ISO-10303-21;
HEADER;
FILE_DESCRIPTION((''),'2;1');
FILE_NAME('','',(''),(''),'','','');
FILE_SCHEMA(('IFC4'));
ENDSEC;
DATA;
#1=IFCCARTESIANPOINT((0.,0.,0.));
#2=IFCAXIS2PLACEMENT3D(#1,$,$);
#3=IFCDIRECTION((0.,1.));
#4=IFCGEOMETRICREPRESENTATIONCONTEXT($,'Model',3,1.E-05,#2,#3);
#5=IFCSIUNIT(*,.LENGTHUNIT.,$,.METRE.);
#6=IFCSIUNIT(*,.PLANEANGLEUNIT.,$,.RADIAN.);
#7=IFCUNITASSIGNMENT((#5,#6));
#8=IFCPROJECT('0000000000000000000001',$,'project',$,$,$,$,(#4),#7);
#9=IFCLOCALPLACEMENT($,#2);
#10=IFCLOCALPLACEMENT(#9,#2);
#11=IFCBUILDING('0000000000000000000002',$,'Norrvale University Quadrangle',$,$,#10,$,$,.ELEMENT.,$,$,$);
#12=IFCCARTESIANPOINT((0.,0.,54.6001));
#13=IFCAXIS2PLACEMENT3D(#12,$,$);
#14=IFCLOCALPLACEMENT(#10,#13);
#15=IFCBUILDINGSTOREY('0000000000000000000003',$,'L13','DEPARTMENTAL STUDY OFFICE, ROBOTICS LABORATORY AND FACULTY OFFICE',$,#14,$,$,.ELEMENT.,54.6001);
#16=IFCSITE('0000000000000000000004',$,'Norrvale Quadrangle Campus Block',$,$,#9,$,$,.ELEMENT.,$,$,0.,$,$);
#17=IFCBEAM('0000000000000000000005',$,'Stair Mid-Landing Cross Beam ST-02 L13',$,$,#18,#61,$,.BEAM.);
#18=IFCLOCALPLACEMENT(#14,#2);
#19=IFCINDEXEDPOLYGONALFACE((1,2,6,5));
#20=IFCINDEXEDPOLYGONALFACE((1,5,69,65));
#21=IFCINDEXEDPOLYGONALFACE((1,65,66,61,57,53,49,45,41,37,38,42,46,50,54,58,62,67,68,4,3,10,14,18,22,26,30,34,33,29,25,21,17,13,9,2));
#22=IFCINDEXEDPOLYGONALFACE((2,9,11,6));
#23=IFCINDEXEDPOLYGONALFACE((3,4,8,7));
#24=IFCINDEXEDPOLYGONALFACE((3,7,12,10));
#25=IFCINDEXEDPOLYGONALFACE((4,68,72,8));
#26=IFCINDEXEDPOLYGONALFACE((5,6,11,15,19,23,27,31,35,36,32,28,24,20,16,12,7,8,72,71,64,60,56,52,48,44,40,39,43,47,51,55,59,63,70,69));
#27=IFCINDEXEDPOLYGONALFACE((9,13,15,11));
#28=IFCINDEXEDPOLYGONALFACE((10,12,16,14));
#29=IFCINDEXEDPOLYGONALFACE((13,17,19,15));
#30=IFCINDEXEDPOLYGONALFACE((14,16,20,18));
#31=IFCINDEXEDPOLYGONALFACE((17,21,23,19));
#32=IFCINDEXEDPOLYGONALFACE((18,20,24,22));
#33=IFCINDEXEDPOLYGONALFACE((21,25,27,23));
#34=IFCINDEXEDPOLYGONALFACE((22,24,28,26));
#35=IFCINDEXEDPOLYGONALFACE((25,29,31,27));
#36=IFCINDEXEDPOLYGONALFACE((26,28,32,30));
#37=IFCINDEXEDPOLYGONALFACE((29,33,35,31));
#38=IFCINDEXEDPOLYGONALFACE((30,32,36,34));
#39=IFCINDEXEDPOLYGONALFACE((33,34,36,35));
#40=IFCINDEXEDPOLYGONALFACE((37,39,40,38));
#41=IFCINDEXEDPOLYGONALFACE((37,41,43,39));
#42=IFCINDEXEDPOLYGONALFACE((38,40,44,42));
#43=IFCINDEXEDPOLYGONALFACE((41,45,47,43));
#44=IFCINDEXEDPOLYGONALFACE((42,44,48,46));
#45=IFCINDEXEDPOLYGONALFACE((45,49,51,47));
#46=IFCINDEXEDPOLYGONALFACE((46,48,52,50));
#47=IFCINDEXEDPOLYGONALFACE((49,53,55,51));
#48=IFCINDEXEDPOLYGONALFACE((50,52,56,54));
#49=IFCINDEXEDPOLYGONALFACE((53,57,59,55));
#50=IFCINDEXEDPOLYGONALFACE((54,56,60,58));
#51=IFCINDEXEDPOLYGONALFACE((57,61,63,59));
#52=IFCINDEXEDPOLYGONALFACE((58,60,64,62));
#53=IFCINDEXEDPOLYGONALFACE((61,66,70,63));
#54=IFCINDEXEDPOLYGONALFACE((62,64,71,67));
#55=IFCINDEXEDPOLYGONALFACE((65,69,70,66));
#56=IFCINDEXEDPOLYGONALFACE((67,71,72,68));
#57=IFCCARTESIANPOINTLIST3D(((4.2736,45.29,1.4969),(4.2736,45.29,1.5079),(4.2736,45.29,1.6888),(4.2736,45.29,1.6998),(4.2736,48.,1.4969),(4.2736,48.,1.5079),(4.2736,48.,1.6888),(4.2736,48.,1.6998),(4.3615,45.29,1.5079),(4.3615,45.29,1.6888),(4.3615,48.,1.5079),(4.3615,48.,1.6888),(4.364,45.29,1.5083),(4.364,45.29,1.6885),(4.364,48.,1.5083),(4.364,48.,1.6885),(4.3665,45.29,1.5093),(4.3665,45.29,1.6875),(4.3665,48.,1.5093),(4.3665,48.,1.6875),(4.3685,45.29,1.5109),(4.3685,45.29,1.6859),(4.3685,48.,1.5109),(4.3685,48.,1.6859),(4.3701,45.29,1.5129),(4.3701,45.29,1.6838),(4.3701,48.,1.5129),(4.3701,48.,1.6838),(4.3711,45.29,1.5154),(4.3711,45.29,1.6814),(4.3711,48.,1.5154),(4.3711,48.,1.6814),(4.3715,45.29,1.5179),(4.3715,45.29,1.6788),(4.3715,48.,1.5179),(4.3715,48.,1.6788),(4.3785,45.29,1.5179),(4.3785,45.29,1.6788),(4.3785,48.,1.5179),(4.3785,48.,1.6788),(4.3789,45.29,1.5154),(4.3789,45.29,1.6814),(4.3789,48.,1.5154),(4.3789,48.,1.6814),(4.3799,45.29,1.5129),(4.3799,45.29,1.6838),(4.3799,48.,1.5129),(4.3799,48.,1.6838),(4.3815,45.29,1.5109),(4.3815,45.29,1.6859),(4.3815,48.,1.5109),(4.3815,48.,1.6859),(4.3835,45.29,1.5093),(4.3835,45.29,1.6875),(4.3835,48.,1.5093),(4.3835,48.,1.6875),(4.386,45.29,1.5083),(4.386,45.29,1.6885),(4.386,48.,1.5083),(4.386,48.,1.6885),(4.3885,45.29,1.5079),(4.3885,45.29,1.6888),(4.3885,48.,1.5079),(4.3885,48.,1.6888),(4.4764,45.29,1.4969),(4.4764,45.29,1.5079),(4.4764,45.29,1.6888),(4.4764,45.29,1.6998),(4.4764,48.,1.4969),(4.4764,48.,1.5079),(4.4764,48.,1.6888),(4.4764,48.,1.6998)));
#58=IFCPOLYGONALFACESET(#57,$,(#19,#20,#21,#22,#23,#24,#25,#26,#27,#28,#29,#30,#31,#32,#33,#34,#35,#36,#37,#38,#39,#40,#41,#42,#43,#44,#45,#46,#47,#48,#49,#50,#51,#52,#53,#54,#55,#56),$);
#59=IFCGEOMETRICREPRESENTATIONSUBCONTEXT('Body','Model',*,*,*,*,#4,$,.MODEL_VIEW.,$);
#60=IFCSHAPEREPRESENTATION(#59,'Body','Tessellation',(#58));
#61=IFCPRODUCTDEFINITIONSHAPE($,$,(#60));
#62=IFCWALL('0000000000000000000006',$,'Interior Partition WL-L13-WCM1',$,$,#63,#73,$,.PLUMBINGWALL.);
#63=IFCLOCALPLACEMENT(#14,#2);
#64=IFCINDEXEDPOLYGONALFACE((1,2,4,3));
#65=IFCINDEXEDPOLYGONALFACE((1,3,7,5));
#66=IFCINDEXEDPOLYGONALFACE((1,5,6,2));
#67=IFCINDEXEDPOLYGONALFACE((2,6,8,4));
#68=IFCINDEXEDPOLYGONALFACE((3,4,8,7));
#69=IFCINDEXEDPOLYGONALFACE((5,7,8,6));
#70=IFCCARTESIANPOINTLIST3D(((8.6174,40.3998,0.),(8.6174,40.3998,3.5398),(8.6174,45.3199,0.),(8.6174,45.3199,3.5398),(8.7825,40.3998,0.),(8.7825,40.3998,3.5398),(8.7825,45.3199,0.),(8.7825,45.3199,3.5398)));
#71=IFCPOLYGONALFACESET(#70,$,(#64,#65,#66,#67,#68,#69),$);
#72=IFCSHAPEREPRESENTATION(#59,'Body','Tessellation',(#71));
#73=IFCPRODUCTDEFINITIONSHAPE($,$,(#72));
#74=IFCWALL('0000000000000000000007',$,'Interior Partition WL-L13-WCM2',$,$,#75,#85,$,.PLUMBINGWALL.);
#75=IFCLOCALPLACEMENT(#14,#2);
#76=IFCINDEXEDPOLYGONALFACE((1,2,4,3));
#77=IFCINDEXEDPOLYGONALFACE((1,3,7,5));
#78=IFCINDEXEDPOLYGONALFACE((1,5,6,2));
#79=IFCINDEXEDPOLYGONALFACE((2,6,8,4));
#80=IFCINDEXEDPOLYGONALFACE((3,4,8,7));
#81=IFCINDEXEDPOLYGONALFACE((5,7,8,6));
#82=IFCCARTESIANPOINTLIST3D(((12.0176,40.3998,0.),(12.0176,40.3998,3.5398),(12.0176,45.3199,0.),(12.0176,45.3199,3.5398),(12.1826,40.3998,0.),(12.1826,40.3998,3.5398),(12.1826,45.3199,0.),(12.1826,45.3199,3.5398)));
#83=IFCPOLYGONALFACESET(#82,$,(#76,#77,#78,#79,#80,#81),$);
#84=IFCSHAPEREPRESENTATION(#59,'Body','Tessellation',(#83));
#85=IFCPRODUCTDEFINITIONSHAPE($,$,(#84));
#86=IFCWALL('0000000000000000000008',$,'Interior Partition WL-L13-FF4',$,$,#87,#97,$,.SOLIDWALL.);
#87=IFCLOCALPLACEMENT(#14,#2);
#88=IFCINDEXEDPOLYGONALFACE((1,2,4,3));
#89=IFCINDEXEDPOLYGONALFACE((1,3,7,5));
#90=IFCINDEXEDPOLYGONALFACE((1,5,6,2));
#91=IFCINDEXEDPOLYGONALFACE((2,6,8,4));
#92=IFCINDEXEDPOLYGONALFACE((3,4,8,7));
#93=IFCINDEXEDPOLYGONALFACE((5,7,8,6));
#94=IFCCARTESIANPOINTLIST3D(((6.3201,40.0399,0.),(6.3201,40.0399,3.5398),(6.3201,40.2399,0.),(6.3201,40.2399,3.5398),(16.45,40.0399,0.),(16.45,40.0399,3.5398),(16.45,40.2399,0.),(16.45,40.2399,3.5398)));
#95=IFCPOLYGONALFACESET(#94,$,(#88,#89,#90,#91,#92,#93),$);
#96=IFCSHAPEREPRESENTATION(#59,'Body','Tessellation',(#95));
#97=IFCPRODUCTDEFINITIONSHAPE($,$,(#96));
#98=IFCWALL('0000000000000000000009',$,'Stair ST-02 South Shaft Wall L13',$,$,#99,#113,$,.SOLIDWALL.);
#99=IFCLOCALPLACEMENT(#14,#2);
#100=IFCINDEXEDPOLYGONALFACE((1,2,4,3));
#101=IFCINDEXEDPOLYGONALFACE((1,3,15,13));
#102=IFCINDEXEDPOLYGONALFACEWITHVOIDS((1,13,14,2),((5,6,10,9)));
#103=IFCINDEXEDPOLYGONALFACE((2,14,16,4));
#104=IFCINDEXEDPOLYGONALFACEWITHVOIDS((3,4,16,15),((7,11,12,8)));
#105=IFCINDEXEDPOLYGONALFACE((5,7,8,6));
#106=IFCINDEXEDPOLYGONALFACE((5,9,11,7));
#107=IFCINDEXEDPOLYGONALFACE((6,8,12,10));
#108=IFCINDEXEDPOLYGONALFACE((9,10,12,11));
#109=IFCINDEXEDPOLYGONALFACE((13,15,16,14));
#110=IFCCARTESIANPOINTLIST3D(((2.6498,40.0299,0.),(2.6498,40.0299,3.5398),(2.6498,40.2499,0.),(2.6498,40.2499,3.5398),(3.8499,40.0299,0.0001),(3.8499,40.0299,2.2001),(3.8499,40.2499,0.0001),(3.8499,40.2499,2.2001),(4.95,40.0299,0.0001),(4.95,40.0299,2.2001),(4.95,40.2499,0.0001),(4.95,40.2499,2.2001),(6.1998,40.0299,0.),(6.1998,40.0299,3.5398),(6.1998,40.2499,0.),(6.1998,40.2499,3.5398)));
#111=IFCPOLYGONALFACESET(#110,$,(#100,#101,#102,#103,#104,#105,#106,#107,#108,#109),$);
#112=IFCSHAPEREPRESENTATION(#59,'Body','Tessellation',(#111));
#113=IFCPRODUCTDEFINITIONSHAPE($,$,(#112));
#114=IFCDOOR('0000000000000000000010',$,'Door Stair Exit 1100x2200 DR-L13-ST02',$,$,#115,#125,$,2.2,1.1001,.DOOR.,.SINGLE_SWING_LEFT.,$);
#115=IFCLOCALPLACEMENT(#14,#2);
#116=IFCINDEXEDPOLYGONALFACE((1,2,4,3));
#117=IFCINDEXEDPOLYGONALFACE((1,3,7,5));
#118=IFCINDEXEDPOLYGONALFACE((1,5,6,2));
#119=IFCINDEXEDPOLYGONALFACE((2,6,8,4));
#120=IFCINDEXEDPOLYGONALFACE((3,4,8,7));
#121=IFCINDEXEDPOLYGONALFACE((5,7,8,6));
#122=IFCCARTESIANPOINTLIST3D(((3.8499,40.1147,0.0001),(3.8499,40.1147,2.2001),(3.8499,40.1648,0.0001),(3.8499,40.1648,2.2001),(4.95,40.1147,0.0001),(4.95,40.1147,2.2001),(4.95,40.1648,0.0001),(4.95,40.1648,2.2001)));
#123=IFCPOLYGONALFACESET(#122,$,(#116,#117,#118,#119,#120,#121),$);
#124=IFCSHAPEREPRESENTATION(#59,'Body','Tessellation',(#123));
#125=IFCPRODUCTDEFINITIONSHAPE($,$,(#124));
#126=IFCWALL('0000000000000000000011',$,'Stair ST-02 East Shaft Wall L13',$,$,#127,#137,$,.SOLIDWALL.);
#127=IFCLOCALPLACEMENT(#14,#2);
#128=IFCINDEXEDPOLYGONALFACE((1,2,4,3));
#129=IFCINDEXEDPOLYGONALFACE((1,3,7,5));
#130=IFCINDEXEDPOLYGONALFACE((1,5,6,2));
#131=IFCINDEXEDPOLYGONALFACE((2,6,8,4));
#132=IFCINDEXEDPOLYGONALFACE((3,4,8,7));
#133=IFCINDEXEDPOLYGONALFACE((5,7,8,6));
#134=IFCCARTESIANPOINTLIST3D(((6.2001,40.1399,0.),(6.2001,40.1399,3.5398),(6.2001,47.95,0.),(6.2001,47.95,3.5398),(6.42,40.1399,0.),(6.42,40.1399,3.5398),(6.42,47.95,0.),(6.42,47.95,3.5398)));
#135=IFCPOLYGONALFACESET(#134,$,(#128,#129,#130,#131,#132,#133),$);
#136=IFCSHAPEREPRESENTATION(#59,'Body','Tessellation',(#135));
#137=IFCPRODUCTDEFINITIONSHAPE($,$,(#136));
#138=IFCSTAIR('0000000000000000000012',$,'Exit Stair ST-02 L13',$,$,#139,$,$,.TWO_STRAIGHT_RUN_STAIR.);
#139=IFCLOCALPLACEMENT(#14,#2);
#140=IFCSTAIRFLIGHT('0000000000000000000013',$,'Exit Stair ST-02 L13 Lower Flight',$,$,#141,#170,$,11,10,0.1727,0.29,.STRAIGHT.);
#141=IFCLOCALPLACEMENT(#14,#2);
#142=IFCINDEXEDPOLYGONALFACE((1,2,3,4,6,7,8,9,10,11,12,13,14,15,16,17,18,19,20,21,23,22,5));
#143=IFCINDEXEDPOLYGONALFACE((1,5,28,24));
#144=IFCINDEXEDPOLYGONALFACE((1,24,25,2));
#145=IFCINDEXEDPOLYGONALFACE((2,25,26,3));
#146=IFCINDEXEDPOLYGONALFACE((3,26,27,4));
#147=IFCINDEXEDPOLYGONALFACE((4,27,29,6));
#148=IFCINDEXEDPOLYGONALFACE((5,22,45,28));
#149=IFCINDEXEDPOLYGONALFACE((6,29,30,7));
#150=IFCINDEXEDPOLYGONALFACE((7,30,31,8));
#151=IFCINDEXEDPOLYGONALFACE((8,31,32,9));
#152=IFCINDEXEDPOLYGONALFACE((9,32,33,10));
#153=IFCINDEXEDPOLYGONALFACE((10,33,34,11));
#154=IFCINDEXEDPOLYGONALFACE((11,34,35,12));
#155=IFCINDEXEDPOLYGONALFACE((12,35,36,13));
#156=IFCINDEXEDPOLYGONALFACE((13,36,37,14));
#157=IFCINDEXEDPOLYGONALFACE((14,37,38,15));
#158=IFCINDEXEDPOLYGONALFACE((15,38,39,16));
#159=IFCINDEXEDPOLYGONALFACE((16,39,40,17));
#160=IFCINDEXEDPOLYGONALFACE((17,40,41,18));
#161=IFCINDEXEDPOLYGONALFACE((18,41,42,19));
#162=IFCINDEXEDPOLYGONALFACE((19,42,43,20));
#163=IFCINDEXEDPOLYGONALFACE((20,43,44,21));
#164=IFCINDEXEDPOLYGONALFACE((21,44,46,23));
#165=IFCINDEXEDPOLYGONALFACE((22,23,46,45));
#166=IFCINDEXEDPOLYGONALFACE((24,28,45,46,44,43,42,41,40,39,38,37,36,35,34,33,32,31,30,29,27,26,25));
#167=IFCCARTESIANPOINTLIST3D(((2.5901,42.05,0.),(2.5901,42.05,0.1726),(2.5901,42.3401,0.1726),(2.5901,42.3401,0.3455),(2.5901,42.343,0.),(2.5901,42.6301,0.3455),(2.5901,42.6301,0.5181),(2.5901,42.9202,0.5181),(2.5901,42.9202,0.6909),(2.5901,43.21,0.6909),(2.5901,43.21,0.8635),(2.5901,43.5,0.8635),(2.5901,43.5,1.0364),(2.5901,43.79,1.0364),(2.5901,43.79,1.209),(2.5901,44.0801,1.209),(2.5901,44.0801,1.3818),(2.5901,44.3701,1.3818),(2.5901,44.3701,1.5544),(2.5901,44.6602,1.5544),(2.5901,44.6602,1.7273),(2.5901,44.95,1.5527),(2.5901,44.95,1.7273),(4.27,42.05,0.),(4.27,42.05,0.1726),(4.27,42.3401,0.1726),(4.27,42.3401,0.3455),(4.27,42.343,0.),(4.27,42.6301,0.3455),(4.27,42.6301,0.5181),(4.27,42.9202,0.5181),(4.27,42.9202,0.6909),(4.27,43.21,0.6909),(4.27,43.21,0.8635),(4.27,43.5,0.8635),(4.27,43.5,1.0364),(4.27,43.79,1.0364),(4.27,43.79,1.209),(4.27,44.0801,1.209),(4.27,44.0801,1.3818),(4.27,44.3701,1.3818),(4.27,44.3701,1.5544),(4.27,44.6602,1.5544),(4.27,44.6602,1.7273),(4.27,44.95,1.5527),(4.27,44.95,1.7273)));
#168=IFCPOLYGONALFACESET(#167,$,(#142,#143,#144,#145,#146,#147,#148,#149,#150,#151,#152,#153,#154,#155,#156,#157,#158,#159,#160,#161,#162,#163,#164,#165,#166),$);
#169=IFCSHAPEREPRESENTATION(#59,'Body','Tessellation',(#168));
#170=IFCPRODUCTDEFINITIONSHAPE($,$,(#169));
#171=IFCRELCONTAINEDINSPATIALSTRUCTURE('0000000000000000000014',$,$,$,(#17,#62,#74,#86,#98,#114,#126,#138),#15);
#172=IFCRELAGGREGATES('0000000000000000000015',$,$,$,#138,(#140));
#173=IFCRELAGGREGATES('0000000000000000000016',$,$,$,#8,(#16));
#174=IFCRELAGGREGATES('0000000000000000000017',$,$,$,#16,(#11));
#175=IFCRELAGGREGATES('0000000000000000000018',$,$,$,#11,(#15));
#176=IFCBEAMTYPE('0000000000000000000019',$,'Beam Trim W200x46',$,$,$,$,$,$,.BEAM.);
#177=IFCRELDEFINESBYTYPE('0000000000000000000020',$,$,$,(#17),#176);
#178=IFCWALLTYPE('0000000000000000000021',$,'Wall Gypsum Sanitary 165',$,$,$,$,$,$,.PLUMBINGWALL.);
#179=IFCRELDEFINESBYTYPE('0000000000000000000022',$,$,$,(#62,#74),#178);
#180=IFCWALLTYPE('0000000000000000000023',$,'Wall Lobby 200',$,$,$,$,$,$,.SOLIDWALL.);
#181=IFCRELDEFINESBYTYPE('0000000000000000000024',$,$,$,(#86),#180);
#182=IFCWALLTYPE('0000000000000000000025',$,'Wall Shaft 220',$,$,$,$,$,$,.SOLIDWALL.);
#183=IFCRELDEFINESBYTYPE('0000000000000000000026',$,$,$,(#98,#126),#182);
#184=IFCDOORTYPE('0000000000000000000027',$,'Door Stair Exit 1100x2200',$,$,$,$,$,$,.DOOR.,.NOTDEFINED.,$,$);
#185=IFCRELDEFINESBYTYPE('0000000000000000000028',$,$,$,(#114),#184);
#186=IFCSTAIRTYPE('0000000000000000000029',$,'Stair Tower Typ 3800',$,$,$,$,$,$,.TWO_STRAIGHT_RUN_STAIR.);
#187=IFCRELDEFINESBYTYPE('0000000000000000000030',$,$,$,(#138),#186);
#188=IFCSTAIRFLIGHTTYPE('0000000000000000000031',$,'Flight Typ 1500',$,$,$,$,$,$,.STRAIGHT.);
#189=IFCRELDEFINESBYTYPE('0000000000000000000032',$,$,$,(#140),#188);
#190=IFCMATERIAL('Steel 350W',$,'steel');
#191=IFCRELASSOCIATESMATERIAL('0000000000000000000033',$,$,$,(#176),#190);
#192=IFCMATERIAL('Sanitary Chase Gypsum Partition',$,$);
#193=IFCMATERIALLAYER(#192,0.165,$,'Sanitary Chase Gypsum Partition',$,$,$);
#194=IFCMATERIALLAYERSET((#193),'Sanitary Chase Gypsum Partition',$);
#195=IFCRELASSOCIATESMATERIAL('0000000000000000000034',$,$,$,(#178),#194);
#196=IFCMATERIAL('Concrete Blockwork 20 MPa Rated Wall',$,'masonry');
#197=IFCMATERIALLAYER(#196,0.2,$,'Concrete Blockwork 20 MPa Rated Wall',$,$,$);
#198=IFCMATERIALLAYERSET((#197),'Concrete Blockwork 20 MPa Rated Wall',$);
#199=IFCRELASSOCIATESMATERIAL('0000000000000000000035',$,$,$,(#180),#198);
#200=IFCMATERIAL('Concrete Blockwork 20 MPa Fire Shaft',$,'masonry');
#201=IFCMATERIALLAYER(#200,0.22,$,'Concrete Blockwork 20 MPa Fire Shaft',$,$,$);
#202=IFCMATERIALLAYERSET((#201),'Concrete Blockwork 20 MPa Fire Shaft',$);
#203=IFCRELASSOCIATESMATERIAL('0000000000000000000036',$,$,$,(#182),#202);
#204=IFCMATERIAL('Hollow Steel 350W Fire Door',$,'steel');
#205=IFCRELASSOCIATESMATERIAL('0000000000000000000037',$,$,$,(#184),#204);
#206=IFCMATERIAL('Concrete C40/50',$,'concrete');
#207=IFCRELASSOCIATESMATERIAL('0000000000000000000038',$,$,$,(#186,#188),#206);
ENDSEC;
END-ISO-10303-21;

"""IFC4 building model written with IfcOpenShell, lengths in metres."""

from ifc_helpers import new_model, si_unit, direction, frame, frame_2d, origin, origin_2d, place, context, subcontext, project, spatial, polyline, rectangle, i_section, outline, extrude, material, layer, layer_set, material_profile, profile_set, type_object, element, fill, aggregate, save


model = new_model("IFC4")

# Units and contexts
model_context = context("Model", 3, precision=1e-05, world=origin(), true_north=direction((0.0, 1.0)))
body_context = subcontext(model_context, "Body", "Model", "MODEL_VIEW")
ifc_project = project(units=[si_unit("LENGTHUNIT", "METRE"), si_unit("PLANEANGLEUNIT", "RADIAN")], contexts=[model_context])

# Site, building, storey
site_placement = place(None, origin())
site = spatial("IfcSite", under=ifc_project, at=site_placement, Name="Norrvale Quadrangle Campus Block", CompositionType="ELEMENT", RefElevation=0.0)
building_placement = place(site_placement, origin())
building = spatial("IfcBuilding", under=site, at=building_placement, Name="Norrvale University Quadrangle", CompositionType="ELEMENT")
storey_placement = place(building_placement, frame((0.0, 0.0, 54.6001)))
storey = spatial("IfcBuildingStorey", under=building, at=storey_placement, Name="L13", Description="DEPARTMENTAL STUDY OFFICE, ROBOTICS LABORATORY AND FACULTY OFFICE", CompositionType="ELEMENT", Elevation=54.6001)

# Beam
ifc_material_1 = material(Name="Steel 350W", Category="steel")
ifc_material_profile_1 = material_profile(ifc_material_1, i_section(OverallWidth=0.2029, OverallDepth=0.2029, WebThickness=0.0071, FlangeThickness=0.011, FilletRadius=0.01, at=origin_2d()), Name="Steel 350W")
ifc_profile_set_1 = profile_set([ifc_material_profile_1], Name="Steel 350W")
beam_type_1 = type_object("IfcBeamType", Name="Beam Trim W200x46", PredefinedType="BEAM", material=ifc_profile_set_1)
beam_1_placement = place(storey_placement, frame((4.375, 45.29, 1.5984), z_axis=(0.0, 1.0, 0.0), x_axis=(-1.0, 0.0, 0.0)))
element("IfcBeam", 1, at=beam_1_placement, inside=storey, type_object=beam_type_1, Name="Stair Mid-Landing Cross Beam ST-02 L13", PredefinedType="BEAM", context=body_context, shape_type="SweptSolid", body=[
    extrude(i_section(OverallWidth=0.2029, OverallDepth=0.2029, WebThickness=0.0071, FlangeThickness=0.011, FilletRadius=0.01, at=origin_2d()), origin(), (0.0, 0.0, 1.0), 2.71),
])

# Walls
ifc_material_2 = material(Name="Sanitary Chase Gypsum Partition")
ifc_layer_1 = layer(ifc_material_2, 0.165, Name="Sanitary Chase Gypsum Partition")
ifc_layer_set_1 = layer_set([ifc_layer_1], Name="Sanitary Chase Gypsum Partition")
wall_type_1 = type_object("IfcWallType", Name="Wall Gypsum Sanitary 165", PredefinedType="PLUMBINGWALL", material=ifc_layer_set_1)
for number, where, z_axis, x_axis, name in (
    (2, (8.7, 40.3999, 0.0), (0.0, 0.0, 1.0), (0.0, 1.0, 0.0), "Interior Partition WL-L13-WCM1"),
    (3, (12.1001, 40.3999, 0.0), (0.0, 0.0, 1.0), (0.0, 1.0, 0.0), "Interior Partition WL-L13-WCM2"),
):
    element("IfcWall", number, at=place(storey_placement, frame(where, z_axis=z_axis, x_axis=x_axis)), inside=storey, type_object=wall_type_1, Name=name, PredefinedType="PLUMBINGWALL", context=body_context, shape_type="SweptSolid", body=[
        extrude(rectangle(XDim=4.9202, YDim=0.165, at=frame_2d((2.46, 0.0))), origin(), (0.0, 0.0, 1.0), 3.5398),
    ])
ifc_material_3 = material(Name="Concrete Blockwork 20 MPa Rated Wall", Category="masonry")
ifc_layer_2 = layer(ifc_material_3, 0.2, Name="Concrete Blockwork 20 MPa Rated Wall")
ifc_layer_set_2 = layer_set([ifc_layer_2], Name="Concrete Blockwork 20 MPa Rated Wall")
wall_type_2 = type_object("IfcWallType", Name="Wall Lobby 200", PredefinedType="SOLIDWALL", material=ifc_layer_set_2)
wall_1_placement = place(storey_placement, frame((6.3201, 40.1399, 0.0), z_axis=(0.0, 0.0, 1.0), x_axis=(1.0, 0.0, 0.0)))
element("IfcWall", 4, at=wall_1_placement, inside=storey, type_object=wall_type_2, Name="Interior Partition WL-L13-FF4", PredefinedType="SOLIDWALL", context=body_context, shape_type="SweptSolid", body=[
    extrude(rectangle(XDim=10.1299, YDim=0.2, at=frame_2d((5.0649, 0.0))), origin(), (0.0, 0.0, 1.0), 3.5398),
])

# Wall, opening, door
ifc_material_4 = material(Name="Concrete Blockwork 20 MPa Fire Shaft", Category="masonry")
ifc_layer_3 = layer(ifc_material_4, 0.22, Name="Concrete Blockwork 20 MPa Fire Shaft")
ifc_layer_set_3 = layer_set([ifc_layer_3], Name="Concrete Blockwork 20 MPa Fire Shaft")
wall_type_3 = type_object("IfcWallType", Name="Wall Shaft 220", PredefinedType="SOLIDWALL", material=ifc_layer_set_3)
wall_2_placement = place(storey_placement, frame((2.6499, 40.1399, 0.0), z_axis=(0.0, 0.0, 1.0), x_axis=(1.0, 0.0, 0.0)))
wall_2 = element("IfcWall", 5, at=wall_2_placement, inside=storey, type_object=wall_type_3, Name="Stair ST-02 South Shaft Wall L13", PredefinedType="SOLIDWALL", context=body_context, shape_type="SweptSolid", body=[
    extrude(rectangle(XDim=3.55, YDim=0.22, at=frame_2d((1.7749, 0.0))), origin(), (0.0, 0.0, 1.0), 3.5398),
])
opening_placement = place(wall_2_placement, frame((1.2, 0.0, 0.0)))
opening = element("IfcOpeningElement", 6, at=opening_placement, cuts=wall_2, PredefinedType="OPENING", context=body_context, shape_type="SweptSolid", body=[
    extrude(rectangle(XDim=1.1001, YDim=2.2, at=frame_2d((0.55, 1.1001))), frame((0.0, 0.1221, 0.0), z_axis=(0.0, -1.0, 0.0), x_axis=(1.0, 0.0, 0.0)), (0.0, 0.0, 1.0), 0.2439),
])
ifc_material_5 = material(Name="Hollow Steel 350W Fire Door", Category="steel")
door_type = type_object("IfcDoorType", Name="Door Stair Exit 1100x2200", OperationType="NOTDEFINED", PredefinedType="DOOR", material=ifc_material_5)
door_placement = place(opening_placement, origin())
door = element("IfcDoor", 7, at=door_placement, inside=storey, type_object=door_type, Name="Door Stair Exit 1100x2200 DR-L13-ST02", OperationType="SINGLE_SWING_LEFT", OverallHeight=2.2, OverallWidth=1.1001, PredefinedType="DOOR", context=body_context, shape_type="SweptSolid", body=[
    extrude(rectangle(XDim=1.1001, YDim=2.2, at=frame_2d((0.55, 1.1001))), frame((0.0, 0.0249, 0.0), z_axis=(0.0, -1.0, 0.0), x_axis=(1.0, 0.0, 0.0)), (0.0, 0.0, 1.0), 0.05),
])
fill(opening, door)

# Wall
wall_3_placement = place(storey_placement, frame((6.3101, 40.1399, 0.0), z_axis=(0.0, 0.0, 1.0), x_axis=(0.0, 1.0, 0.0)))
element("IfcWall", 8, at=wall_3_placement, inside=storey, type_object=wall_type_3, Name="Stair ST-02 East Shaft Wall L13", PredefinedType="SOLIDWALL", context=body_context, shape_type="SweptSolid", body=[
    extrude(rectangle(XDim=7.8101, YDim=0.22, at=frame_2d((3.905, 0.0))), origin(), (0.0, 0.0, 1.0), 3.5398),
])

# Stair, stair flight
ifc_material_6 = material(Name="Concrete C40/50", Category="concrete")
stair_type = type_object("IfcStairType", Name="Stair Tower Typ 3800", PredefinedType="TWO_STRAIGHT_RUN_STAIR", material=ifc_material_6)
stair_placement = place(storey_placement, origin())
stair = element("IfcStair", 9, at=stair_placement, inside=storey, type_object=stair_type, Name="Exit Stair ST-02 L13", PredefinedType="TWO_STRAIGHT_RUN_STAIR")
stair_flight_type = type_object("IfcStairFlightType", Name="Flight Typ 1500", PredefinedType="STRAIGHT", material=ifc_material_6)
stair_flight_1_placement = place(storey_placement, frame((3.4299, 42.05, 0.0), z_axis=(0.0, 0.0, 1.0), x_axis=(0.0, 1.0, 0.0)))
stair_flight_1 = element("IfcStairFlight", 10, at=stair_flight_1_placement, type_object=stair_flight_type, Name="Exit Stair ST-02 L13 Lower Flight", NumberOfRisers=11, NumberOfTreads=10, PredefinedType="STRAIGHT", RiserHeight=0.1727, TreadLength=0.29, context=body_context, shape_type="SweptSolid", body=[
    extrude(outline(polyline([(0.0, 0.0), (0.0, 0.1726), (0.29, 0.1726), (0.29, 0.3455), (0.5801, 0.3455), (0.5801, 0.5181), (0.8701, 0.5181), (0.8701, 0.6909), (1.1599, 0.6909), (1.1599, 0.8635), (1.45, 0.8635), (1.45, 1.0364), (1.74, 1.0364), (1.74, 1.209), (2.03, 1.209), (2.03, 1.3818), (2.3201, 1.3818), (2.3201, 1.5544), (2.6101, 1.5544), (2.6101, 1.7273), (2.8999, 1.7273), (2.8999, 1.8999), (2.8999, 1.5527), (0.293, 0.0), (0.0, 0.0)])), frame((0.0, 0.8398, 0.0), z_axis=(0.0, -1.0, 0.0), x_axis=(1.0, 0.0, 0.0)), (0.0, 0.0, 1.0), 1.6799),
])
aggregate(stair, [stair_flight_1])

save(model, "model.ifc")
